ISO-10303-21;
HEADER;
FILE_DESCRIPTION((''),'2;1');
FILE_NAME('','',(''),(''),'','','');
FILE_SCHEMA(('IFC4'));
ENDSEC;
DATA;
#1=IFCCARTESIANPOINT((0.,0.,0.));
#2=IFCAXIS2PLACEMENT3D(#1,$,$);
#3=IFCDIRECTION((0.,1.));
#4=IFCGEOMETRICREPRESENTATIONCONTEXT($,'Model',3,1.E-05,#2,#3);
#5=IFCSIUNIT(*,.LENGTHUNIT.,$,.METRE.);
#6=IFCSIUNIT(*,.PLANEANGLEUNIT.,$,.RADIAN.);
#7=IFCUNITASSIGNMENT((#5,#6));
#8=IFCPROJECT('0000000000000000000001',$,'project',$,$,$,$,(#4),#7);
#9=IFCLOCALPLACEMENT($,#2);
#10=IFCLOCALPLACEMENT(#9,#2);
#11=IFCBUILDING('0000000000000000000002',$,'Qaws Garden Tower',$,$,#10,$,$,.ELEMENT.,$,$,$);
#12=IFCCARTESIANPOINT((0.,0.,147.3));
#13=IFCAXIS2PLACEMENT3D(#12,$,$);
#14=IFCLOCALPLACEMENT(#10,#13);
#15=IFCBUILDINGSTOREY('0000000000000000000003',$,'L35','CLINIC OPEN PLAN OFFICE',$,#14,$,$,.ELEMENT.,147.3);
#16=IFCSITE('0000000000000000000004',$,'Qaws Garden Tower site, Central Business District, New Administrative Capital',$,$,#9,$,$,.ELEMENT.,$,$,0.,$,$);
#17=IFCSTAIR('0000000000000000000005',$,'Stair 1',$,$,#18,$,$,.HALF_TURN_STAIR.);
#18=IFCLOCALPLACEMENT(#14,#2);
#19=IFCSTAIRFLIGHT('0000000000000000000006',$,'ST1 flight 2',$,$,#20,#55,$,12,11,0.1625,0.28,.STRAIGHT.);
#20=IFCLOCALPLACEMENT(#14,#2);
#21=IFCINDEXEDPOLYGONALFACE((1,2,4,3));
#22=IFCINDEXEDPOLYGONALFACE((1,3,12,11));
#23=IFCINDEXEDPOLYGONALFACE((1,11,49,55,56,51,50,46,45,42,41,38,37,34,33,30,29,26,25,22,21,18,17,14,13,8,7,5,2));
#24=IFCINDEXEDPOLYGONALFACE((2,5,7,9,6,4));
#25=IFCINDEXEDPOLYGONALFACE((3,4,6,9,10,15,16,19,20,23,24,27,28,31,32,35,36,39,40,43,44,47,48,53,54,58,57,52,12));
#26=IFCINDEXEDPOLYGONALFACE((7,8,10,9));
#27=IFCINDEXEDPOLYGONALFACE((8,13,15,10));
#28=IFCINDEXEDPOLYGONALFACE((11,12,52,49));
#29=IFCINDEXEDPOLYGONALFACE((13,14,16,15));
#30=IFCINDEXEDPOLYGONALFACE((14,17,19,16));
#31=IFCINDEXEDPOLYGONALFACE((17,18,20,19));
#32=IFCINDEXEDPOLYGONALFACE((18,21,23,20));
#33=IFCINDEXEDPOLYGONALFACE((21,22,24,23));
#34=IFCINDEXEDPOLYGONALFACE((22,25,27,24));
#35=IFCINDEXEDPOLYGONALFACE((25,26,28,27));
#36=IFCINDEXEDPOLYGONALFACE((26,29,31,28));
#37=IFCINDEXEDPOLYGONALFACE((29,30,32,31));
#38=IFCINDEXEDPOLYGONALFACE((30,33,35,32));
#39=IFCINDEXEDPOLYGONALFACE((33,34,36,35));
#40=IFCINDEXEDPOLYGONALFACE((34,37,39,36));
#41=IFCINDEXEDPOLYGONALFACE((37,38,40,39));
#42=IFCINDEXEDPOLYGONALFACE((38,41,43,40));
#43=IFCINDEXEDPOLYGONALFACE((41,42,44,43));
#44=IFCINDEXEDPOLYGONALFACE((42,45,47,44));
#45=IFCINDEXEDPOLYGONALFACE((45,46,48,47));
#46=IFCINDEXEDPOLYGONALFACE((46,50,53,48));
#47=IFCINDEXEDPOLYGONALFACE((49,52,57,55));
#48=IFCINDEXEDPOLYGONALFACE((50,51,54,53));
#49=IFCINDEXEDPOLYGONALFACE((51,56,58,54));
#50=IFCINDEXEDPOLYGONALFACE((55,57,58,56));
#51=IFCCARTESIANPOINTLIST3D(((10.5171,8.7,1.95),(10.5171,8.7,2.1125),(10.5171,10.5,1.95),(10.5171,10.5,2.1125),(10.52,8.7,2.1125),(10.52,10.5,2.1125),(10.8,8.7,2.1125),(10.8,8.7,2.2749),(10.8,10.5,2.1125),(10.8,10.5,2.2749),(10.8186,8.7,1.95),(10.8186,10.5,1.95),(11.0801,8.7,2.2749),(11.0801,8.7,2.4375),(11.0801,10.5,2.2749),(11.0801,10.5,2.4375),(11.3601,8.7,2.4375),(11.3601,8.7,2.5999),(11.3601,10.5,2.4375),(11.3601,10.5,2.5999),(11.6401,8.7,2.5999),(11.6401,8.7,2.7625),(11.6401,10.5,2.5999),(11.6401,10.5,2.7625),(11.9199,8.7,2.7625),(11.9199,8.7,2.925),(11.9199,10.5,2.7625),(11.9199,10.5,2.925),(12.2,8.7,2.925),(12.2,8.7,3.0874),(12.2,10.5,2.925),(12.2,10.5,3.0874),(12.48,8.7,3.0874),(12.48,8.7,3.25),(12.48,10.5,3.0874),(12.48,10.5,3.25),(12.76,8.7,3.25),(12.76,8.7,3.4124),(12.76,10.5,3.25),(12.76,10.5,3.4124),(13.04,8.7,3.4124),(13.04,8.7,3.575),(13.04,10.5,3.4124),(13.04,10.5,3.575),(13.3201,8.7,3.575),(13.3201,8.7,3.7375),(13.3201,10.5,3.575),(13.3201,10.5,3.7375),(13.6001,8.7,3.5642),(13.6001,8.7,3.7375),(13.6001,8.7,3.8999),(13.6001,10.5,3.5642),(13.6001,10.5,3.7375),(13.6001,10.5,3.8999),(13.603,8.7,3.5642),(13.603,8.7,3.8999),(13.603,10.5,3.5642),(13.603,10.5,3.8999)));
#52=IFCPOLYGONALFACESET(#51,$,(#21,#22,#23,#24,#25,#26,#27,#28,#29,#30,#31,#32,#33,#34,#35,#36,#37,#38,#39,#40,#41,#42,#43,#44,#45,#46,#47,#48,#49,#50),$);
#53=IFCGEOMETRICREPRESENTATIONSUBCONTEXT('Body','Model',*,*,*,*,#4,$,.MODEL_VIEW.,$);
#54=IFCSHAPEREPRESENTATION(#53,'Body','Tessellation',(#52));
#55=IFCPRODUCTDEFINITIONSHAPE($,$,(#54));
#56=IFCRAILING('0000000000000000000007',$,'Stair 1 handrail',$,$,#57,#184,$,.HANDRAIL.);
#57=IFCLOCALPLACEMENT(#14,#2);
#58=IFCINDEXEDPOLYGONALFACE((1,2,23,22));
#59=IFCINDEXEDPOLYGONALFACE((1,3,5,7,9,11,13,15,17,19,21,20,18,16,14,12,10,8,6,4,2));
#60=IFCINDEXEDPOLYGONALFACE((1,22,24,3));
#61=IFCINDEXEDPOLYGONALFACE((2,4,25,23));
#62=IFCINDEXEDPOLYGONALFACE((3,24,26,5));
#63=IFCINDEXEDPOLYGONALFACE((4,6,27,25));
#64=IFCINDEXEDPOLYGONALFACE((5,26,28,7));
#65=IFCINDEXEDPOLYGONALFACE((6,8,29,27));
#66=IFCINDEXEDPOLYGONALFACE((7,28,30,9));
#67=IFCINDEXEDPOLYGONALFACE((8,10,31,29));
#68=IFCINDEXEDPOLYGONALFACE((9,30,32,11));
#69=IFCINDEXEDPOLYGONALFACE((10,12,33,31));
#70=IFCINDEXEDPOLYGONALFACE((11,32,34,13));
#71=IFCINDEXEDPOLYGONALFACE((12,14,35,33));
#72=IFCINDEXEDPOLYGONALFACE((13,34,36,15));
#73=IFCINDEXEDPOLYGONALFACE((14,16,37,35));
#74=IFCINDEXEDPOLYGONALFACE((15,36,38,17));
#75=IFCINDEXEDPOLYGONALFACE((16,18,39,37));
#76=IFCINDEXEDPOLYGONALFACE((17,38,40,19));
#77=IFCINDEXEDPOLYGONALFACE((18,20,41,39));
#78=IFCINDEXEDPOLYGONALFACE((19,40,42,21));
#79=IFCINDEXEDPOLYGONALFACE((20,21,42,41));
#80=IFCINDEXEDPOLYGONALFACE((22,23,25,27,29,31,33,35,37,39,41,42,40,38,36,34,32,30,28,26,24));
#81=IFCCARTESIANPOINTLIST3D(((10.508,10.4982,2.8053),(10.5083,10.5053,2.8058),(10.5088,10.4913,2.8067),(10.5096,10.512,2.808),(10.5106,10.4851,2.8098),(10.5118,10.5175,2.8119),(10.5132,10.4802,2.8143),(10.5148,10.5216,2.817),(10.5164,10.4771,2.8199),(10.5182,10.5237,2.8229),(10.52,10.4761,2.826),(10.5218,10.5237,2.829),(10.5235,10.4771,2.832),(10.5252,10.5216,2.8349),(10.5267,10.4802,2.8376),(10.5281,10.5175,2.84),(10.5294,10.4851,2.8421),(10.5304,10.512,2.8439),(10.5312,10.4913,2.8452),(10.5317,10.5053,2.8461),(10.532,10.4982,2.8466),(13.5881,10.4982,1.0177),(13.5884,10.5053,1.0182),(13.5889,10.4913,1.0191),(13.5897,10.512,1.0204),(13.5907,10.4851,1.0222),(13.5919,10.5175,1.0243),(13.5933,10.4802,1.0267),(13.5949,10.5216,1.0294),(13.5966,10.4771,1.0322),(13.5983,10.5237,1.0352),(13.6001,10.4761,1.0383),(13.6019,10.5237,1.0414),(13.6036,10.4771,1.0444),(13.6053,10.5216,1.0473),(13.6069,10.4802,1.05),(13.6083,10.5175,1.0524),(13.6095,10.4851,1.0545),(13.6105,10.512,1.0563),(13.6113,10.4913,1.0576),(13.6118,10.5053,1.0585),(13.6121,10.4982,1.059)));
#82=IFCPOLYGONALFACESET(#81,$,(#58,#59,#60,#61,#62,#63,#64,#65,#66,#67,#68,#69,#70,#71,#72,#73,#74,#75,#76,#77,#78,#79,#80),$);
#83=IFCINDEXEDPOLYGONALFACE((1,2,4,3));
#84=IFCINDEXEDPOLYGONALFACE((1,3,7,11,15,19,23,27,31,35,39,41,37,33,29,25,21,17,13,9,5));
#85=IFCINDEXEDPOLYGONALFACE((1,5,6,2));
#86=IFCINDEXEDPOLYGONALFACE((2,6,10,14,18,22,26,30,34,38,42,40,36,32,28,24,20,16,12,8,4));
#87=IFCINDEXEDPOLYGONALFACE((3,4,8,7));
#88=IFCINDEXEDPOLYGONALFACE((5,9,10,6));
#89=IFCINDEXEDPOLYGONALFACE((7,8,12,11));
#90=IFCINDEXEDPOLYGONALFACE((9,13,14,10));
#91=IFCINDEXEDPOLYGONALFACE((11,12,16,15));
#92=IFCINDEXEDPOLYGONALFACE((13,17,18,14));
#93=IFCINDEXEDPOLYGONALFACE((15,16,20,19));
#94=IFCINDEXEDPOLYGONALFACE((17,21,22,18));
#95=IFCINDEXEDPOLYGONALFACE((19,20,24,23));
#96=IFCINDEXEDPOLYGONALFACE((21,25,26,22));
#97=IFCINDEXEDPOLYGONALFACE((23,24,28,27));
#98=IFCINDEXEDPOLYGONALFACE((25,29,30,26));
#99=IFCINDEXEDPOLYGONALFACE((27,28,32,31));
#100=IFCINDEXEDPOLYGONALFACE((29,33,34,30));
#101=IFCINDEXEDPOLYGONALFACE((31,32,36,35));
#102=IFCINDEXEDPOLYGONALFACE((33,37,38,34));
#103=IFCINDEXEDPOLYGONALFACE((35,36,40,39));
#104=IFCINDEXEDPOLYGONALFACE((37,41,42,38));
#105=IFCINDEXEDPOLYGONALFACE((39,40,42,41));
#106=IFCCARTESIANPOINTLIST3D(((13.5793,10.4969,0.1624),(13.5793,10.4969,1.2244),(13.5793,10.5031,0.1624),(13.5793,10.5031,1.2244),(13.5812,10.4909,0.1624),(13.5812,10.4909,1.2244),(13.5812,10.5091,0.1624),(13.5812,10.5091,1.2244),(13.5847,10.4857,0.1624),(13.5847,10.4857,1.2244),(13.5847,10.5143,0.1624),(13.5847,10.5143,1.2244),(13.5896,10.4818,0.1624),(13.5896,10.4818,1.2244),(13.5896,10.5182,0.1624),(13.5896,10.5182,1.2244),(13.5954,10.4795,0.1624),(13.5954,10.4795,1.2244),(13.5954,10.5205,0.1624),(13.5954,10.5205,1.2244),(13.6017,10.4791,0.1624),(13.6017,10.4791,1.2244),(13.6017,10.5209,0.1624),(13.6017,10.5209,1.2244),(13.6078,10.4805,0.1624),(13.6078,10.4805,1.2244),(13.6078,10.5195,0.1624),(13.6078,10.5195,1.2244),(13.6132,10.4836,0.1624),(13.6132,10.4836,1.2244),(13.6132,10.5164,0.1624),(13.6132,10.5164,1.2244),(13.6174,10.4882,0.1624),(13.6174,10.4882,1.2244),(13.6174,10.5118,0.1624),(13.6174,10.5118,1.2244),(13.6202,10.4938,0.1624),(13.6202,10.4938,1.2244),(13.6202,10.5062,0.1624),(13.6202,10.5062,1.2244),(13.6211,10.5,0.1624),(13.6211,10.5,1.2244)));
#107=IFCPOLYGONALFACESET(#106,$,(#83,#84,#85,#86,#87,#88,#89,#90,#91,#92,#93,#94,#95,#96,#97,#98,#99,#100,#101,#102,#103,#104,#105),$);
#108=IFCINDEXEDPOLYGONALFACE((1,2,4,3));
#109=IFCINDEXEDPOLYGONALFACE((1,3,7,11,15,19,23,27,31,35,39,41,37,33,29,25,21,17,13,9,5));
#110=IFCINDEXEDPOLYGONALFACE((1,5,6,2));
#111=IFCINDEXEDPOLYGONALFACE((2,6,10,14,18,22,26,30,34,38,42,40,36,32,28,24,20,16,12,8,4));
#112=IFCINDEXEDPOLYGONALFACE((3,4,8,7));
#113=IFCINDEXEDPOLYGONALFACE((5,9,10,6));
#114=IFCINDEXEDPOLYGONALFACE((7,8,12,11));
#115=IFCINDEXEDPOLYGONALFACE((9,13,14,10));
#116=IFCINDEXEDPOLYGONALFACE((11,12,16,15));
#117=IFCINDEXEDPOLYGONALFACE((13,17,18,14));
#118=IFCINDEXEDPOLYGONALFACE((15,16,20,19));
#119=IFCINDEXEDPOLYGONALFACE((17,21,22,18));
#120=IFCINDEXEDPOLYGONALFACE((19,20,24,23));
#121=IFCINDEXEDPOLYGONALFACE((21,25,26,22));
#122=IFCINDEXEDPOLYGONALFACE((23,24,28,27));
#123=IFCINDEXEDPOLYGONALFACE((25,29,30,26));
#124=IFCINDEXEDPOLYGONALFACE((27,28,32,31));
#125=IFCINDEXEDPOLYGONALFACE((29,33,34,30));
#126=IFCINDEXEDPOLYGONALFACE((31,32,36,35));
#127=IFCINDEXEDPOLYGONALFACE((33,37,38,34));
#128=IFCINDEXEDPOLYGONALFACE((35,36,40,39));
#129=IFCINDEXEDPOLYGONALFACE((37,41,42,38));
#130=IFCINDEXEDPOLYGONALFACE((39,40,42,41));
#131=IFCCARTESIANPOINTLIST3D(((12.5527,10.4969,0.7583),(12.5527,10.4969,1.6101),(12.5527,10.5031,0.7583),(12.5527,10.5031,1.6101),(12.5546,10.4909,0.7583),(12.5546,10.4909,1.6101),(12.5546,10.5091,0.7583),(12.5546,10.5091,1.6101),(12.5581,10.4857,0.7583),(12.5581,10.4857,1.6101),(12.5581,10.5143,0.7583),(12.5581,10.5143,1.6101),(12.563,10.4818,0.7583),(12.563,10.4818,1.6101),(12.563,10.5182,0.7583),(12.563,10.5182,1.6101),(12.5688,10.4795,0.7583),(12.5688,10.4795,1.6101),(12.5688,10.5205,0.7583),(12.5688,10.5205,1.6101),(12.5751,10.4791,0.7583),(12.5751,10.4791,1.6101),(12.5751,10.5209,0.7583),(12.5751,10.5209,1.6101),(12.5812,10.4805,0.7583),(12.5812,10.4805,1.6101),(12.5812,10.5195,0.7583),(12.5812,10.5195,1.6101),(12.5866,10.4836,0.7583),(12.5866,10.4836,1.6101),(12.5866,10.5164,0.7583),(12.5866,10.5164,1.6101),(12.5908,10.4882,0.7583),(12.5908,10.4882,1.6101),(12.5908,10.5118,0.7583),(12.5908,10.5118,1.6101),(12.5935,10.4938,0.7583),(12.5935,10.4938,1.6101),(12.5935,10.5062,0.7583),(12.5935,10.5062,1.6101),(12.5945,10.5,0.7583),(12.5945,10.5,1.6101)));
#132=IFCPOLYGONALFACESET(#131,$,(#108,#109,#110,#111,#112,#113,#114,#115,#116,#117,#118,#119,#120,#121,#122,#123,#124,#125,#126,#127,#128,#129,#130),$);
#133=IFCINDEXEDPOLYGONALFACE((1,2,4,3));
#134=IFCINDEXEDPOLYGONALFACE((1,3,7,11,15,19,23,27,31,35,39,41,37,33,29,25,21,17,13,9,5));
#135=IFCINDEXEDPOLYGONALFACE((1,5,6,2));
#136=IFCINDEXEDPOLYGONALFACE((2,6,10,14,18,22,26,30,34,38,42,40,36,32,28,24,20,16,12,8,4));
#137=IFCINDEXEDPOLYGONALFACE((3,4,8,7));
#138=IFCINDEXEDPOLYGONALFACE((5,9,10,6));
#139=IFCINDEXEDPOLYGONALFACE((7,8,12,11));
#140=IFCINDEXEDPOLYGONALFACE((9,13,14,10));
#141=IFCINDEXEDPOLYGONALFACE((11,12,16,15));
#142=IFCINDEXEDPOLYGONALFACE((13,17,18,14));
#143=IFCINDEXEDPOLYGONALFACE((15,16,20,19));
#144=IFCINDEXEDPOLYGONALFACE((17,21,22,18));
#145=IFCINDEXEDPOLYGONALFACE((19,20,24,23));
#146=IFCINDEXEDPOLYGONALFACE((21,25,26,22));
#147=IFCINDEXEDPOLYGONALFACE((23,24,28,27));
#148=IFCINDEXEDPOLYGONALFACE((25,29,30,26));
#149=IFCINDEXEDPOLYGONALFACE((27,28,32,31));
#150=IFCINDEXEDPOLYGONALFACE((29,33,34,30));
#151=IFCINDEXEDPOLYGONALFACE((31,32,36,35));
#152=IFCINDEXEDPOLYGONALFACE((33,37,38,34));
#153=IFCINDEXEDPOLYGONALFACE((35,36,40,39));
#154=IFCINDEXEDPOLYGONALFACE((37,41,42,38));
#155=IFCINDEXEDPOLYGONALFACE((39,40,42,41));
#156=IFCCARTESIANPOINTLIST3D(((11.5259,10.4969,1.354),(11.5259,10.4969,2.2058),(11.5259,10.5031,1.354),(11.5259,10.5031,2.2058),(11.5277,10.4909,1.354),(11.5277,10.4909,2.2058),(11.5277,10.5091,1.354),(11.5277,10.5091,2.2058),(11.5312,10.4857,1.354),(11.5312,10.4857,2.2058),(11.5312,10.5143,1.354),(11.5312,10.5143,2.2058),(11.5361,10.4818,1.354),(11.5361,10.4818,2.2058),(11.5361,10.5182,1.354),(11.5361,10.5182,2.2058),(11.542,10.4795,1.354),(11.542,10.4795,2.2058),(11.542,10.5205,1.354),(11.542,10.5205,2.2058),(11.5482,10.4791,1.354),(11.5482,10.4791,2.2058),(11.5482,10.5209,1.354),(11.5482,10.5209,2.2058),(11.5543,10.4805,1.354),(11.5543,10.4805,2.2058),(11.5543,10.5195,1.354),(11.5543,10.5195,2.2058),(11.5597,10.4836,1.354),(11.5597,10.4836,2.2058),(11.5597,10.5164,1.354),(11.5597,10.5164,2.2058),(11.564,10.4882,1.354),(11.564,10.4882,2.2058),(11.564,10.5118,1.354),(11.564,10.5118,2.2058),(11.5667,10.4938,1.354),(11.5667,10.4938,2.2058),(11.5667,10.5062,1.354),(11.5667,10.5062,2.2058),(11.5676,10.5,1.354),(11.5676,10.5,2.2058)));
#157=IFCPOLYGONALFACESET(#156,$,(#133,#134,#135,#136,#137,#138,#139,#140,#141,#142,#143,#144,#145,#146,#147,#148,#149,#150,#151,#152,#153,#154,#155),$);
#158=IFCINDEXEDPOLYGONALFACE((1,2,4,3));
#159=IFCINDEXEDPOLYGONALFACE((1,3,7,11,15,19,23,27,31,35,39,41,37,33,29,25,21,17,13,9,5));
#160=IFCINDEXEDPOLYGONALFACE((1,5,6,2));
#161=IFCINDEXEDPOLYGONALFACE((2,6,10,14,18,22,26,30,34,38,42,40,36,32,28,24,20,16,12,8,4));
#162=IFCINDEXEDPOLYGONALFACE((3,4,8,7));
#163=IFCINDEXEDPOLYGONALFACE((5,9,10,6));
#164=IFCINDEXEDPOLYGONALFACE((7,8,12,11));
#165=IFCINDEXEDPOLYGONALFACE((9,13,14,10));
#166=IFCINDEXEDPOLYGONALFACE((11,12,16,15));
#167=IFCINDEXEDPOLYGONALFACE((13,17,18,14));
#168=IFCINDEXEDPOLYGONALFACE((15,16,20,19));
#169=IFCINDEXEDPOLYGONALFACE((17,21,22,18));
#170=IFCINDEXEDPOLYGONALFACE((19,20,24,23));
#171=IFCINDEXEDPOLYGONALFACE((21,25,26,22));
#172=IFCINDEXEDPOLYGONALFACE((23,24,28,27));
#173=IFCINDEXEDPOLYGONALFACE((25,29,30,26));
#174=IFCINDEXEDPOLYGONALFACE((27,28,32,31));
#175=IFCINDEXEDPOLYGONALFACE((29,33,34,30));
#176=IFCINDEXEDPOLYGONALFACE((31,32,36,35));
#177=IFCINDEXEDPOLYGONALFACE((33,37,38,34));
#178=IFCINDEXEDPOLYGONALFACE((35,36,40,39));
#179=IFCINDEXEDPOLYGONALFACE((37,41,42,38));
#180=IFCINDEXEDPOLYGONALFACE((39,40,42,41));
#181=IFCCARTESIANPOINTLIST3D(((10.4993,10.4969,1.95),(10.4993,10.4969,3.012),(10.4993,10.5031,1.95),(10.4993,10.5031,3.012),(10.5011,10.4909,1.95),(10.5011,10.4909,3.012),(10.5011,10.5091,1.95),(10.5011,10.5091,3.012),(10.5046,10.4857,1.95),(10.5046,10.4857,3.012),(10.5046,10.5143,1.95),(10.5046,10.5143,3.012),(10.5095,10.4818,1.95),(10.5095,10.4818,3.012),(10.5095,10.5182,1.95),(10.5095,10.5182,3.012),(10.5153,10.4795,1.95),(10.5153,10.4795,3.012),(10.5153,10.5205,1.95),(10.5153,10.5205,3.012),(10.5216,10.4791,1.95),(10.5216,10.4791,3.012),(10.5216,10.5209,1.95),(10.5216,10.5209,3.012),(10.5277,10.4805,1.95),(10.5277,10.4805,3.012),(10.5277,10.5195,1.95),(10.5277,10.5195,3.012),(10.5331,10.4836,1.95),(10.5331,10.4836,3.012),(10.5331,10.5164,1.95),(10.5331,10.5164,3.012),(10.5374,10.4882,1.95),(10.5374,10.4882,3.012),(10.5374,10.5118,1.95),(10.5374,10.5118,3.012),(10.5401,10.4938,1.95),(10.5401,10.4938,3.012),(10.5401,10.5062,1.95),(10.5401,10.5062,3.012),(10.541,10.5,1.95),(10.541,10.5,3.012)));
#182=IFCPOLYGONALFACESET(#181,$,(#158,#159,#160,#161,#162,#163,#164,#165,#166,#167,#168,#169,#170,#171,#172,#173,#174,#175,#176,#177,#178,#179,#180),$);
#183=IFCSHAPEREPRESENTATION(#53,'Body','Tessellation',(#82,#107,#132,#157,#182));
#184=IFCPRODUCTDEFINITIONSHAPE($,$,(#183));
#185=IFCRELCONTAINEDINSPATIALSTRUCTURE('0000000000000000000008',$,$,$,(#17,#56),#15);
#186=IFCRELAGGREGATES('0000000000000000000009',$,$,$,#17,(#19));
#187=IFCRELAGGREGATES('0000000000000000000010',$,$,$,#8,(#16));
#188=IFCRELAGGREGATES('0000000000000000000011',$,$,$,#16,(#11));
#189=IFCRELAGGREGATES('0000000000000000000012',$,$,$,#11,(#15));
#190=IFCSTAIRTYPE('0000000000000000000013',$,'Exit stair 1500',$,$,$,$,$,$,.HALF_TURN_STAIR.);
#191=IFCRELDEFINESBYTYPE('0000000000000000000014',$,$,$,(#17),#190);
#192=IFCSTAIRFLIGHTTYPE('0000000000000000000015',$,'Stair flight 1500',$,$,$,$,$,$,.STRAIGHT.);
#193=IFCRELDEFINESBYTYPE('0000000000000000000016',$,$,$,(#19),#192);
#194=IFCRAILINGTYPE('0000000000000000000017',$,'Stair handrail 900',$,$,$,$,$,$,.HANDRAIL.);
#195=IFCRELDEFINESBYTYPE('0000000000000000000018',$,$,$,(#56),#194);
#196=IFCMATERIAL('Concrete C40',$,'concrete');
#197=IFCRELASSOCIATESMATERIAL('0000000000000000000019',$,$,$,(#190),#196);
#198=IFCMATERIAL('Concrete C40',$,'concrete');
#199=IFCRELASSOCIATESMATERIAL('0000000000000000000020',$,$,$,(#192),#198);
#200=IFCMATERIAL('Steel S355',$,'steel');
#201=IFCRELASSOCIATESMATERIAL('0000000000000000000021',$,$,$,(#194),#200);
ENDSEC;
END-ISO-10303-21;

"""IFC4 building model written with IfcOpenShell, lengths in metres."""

from ifc_helpers import new_model, si_unit, direction, frame, origin, origin_2d, place, context, subcontext, project, spatial, polyline, circle, outline, extrude, material, type_object, element, aggregate, save


model = new_model("IFC4")

# Units and contexts
model_context = context("Model", 3, precision=1e-05, world=origin(), true_north=direction((0.0, 1.0)))
body_context = subcontext(model_context, "Body", "Model", "MODEL_VIEW")
ifc_project = project(units=[si_unit("LENGTHUNIT", "METRE"), si_unit("PLANEANGLEUNIT", "RADIAN")], contexts=[model_context])

# Site, building, storey
site_placement = place(None, origin())
site = spatial("IfcSite", under=ifc_project, at=site_placement, Name="Qaws Garden Tower site, Central Business District, New Administrative Capital", CompositionType="ELEMENT", RefElevation=0.0)
building_placement = place(site_placement, origin())
building = spatial("IfcBuilding", under=site, at=building_placement, Name="Qaws Garden Tower", CompositionType="ELEMENT")
storey_placement = place(building_placement, frame((0.0, 0.0, 147.3)))
storey = spatial("IfcBuildingStorey", under=building, at=storey_placement, Name="L35", Description="CLINIC OPEN PLAN OFFICE", CompositionType="ELEMENT", Elevation=147.3)

# Stair, stair flight
ifc_material_1 = material(Name="Concrete C40", Category="concrete")
stair_type = type_object("IfcStairType", Name="Exit stair 1500", PredefinedType="HALF_TURN_STAIR", material=ifc_material_1)
stair_placement = place(storey_placement, origin())
stair = element("IfcStair", 1, at=stair_placement, inside=storey, type_object=stair_type, Name="Stair 1", PredefinedType="HALF_TURN_STAIR")
ifc_material_2 = material(Name="Concrete C40", Category="concrete")
stair_flight_type = type_object("IfcStairFlightType", Name="Stair flight 1500", PredefinedType="STRAIGHT", material=ifc_material_2)
stair_flight_1_placement = place(storey_placement, frame((10.52, 9.6001, 1.95), z_axis=(0.0, 0.0, 1.0), x_axis=(1.0, 0.0, 0.0)))
stair_flight_1 = element("IfcStairFlight", 2, at=stair_flight_1_placement, type_object=stair_flight_type, Name="ST1 flight 2", NumberOfRisers=12, NumberOfTreads=11, PredefinedType="STRAIGHT", RiserHeight=0.1625, TreadLength=0.28, context=body_context, shape_type="SweptSolid", body=[
    extrude(outline(polyline([(-0.0029, 0.0), (-0.0029, 0.1626), (0.0, 0.1626), (0.28, 0.1626), (0.28, 0.325), (0.5601, 0.325), (0.5601, 0.4875), (0.8401, 0.4875), (0.8401, 0.6499), (1.1201, 0.6499), (1.1201, 0.8125), (1.3999, 0.8125), (1.3999, 0.9751), (1.6799, 0.9751), (1.6799, 1.1375), (1.96, 1.1375), (1.96, 1.3), (2.24, 1.3), (2.24, 1.4624), (2.52, 1.4624), (2.52, 1.625), (2.8, 1.625), (2.8, 1.7876), (3.0801, 1.7876), (3.0801, 1.95), (3.083, 1.95), (3.083, 1.6143), (3.0801, 1.6143), (0.2986, 0.0), (-0.0029, 0.0)])), frame((0.0, 0.8999, 0.0), z_axis=(0.0, -1.0, 0.0), x_axis=(1.0, 0.0, 0.0)), (0.0, 0.0, 1.0), 1.8),
])
aggregate(stair, [stair_flight_1])

# Railing
ifc_material_3 = material(Name="Steel S355", Category="steel")
railing_type = type_object("IfcRailingType", Name="Stair handrail 900", PredefinedType="HANDRAIL", material=ifc_material_3)
railing_1_placement = place(storey_placement, frame((13.6001, 10.5, 0.1624)))
element("IfcRailing", 3, at=railing_1_placement, inside=storey, type_object=railing_type, Name="Stair 1 handrail", PredefinedType="HANDRAIL", context=body_context, shape_type="SweptSolid", body=[
    extrude(circle(Radius=0.0239, at=origin_2d()), frame((0.0, 0.0, 0.876), z_axis=(-0.864891, 0.0, 0.50196), x_axis=(0.0, -1.0, 0.0)), (0.0, 0.0, 1.0), 3.5613),
    extrude(circle(Radius=0.021, at=origin_2d()), origin(), (0.0, 0.0, 1.0), 1.062),
    extrude(circle(Radius=0.021, at=origin_2d()), frame((-1.0266, 0.0, 0.5959)), (0.0, 0.0, 1.0), 0.8518),
    extrude(circle(Radius=0.021, at=origin_2d()), frame((-2.0535, 0.0, 1.1917)), (0.0, 0.0, 1.0), 0.8518),
    extrude(circle(Radius=0.021, at=origin_2d()), frame((-3.0801, 0.0, 1.7876)), (0.0, 0.0, 1.0), 1.062),
])

save(model, "model.ifc")
